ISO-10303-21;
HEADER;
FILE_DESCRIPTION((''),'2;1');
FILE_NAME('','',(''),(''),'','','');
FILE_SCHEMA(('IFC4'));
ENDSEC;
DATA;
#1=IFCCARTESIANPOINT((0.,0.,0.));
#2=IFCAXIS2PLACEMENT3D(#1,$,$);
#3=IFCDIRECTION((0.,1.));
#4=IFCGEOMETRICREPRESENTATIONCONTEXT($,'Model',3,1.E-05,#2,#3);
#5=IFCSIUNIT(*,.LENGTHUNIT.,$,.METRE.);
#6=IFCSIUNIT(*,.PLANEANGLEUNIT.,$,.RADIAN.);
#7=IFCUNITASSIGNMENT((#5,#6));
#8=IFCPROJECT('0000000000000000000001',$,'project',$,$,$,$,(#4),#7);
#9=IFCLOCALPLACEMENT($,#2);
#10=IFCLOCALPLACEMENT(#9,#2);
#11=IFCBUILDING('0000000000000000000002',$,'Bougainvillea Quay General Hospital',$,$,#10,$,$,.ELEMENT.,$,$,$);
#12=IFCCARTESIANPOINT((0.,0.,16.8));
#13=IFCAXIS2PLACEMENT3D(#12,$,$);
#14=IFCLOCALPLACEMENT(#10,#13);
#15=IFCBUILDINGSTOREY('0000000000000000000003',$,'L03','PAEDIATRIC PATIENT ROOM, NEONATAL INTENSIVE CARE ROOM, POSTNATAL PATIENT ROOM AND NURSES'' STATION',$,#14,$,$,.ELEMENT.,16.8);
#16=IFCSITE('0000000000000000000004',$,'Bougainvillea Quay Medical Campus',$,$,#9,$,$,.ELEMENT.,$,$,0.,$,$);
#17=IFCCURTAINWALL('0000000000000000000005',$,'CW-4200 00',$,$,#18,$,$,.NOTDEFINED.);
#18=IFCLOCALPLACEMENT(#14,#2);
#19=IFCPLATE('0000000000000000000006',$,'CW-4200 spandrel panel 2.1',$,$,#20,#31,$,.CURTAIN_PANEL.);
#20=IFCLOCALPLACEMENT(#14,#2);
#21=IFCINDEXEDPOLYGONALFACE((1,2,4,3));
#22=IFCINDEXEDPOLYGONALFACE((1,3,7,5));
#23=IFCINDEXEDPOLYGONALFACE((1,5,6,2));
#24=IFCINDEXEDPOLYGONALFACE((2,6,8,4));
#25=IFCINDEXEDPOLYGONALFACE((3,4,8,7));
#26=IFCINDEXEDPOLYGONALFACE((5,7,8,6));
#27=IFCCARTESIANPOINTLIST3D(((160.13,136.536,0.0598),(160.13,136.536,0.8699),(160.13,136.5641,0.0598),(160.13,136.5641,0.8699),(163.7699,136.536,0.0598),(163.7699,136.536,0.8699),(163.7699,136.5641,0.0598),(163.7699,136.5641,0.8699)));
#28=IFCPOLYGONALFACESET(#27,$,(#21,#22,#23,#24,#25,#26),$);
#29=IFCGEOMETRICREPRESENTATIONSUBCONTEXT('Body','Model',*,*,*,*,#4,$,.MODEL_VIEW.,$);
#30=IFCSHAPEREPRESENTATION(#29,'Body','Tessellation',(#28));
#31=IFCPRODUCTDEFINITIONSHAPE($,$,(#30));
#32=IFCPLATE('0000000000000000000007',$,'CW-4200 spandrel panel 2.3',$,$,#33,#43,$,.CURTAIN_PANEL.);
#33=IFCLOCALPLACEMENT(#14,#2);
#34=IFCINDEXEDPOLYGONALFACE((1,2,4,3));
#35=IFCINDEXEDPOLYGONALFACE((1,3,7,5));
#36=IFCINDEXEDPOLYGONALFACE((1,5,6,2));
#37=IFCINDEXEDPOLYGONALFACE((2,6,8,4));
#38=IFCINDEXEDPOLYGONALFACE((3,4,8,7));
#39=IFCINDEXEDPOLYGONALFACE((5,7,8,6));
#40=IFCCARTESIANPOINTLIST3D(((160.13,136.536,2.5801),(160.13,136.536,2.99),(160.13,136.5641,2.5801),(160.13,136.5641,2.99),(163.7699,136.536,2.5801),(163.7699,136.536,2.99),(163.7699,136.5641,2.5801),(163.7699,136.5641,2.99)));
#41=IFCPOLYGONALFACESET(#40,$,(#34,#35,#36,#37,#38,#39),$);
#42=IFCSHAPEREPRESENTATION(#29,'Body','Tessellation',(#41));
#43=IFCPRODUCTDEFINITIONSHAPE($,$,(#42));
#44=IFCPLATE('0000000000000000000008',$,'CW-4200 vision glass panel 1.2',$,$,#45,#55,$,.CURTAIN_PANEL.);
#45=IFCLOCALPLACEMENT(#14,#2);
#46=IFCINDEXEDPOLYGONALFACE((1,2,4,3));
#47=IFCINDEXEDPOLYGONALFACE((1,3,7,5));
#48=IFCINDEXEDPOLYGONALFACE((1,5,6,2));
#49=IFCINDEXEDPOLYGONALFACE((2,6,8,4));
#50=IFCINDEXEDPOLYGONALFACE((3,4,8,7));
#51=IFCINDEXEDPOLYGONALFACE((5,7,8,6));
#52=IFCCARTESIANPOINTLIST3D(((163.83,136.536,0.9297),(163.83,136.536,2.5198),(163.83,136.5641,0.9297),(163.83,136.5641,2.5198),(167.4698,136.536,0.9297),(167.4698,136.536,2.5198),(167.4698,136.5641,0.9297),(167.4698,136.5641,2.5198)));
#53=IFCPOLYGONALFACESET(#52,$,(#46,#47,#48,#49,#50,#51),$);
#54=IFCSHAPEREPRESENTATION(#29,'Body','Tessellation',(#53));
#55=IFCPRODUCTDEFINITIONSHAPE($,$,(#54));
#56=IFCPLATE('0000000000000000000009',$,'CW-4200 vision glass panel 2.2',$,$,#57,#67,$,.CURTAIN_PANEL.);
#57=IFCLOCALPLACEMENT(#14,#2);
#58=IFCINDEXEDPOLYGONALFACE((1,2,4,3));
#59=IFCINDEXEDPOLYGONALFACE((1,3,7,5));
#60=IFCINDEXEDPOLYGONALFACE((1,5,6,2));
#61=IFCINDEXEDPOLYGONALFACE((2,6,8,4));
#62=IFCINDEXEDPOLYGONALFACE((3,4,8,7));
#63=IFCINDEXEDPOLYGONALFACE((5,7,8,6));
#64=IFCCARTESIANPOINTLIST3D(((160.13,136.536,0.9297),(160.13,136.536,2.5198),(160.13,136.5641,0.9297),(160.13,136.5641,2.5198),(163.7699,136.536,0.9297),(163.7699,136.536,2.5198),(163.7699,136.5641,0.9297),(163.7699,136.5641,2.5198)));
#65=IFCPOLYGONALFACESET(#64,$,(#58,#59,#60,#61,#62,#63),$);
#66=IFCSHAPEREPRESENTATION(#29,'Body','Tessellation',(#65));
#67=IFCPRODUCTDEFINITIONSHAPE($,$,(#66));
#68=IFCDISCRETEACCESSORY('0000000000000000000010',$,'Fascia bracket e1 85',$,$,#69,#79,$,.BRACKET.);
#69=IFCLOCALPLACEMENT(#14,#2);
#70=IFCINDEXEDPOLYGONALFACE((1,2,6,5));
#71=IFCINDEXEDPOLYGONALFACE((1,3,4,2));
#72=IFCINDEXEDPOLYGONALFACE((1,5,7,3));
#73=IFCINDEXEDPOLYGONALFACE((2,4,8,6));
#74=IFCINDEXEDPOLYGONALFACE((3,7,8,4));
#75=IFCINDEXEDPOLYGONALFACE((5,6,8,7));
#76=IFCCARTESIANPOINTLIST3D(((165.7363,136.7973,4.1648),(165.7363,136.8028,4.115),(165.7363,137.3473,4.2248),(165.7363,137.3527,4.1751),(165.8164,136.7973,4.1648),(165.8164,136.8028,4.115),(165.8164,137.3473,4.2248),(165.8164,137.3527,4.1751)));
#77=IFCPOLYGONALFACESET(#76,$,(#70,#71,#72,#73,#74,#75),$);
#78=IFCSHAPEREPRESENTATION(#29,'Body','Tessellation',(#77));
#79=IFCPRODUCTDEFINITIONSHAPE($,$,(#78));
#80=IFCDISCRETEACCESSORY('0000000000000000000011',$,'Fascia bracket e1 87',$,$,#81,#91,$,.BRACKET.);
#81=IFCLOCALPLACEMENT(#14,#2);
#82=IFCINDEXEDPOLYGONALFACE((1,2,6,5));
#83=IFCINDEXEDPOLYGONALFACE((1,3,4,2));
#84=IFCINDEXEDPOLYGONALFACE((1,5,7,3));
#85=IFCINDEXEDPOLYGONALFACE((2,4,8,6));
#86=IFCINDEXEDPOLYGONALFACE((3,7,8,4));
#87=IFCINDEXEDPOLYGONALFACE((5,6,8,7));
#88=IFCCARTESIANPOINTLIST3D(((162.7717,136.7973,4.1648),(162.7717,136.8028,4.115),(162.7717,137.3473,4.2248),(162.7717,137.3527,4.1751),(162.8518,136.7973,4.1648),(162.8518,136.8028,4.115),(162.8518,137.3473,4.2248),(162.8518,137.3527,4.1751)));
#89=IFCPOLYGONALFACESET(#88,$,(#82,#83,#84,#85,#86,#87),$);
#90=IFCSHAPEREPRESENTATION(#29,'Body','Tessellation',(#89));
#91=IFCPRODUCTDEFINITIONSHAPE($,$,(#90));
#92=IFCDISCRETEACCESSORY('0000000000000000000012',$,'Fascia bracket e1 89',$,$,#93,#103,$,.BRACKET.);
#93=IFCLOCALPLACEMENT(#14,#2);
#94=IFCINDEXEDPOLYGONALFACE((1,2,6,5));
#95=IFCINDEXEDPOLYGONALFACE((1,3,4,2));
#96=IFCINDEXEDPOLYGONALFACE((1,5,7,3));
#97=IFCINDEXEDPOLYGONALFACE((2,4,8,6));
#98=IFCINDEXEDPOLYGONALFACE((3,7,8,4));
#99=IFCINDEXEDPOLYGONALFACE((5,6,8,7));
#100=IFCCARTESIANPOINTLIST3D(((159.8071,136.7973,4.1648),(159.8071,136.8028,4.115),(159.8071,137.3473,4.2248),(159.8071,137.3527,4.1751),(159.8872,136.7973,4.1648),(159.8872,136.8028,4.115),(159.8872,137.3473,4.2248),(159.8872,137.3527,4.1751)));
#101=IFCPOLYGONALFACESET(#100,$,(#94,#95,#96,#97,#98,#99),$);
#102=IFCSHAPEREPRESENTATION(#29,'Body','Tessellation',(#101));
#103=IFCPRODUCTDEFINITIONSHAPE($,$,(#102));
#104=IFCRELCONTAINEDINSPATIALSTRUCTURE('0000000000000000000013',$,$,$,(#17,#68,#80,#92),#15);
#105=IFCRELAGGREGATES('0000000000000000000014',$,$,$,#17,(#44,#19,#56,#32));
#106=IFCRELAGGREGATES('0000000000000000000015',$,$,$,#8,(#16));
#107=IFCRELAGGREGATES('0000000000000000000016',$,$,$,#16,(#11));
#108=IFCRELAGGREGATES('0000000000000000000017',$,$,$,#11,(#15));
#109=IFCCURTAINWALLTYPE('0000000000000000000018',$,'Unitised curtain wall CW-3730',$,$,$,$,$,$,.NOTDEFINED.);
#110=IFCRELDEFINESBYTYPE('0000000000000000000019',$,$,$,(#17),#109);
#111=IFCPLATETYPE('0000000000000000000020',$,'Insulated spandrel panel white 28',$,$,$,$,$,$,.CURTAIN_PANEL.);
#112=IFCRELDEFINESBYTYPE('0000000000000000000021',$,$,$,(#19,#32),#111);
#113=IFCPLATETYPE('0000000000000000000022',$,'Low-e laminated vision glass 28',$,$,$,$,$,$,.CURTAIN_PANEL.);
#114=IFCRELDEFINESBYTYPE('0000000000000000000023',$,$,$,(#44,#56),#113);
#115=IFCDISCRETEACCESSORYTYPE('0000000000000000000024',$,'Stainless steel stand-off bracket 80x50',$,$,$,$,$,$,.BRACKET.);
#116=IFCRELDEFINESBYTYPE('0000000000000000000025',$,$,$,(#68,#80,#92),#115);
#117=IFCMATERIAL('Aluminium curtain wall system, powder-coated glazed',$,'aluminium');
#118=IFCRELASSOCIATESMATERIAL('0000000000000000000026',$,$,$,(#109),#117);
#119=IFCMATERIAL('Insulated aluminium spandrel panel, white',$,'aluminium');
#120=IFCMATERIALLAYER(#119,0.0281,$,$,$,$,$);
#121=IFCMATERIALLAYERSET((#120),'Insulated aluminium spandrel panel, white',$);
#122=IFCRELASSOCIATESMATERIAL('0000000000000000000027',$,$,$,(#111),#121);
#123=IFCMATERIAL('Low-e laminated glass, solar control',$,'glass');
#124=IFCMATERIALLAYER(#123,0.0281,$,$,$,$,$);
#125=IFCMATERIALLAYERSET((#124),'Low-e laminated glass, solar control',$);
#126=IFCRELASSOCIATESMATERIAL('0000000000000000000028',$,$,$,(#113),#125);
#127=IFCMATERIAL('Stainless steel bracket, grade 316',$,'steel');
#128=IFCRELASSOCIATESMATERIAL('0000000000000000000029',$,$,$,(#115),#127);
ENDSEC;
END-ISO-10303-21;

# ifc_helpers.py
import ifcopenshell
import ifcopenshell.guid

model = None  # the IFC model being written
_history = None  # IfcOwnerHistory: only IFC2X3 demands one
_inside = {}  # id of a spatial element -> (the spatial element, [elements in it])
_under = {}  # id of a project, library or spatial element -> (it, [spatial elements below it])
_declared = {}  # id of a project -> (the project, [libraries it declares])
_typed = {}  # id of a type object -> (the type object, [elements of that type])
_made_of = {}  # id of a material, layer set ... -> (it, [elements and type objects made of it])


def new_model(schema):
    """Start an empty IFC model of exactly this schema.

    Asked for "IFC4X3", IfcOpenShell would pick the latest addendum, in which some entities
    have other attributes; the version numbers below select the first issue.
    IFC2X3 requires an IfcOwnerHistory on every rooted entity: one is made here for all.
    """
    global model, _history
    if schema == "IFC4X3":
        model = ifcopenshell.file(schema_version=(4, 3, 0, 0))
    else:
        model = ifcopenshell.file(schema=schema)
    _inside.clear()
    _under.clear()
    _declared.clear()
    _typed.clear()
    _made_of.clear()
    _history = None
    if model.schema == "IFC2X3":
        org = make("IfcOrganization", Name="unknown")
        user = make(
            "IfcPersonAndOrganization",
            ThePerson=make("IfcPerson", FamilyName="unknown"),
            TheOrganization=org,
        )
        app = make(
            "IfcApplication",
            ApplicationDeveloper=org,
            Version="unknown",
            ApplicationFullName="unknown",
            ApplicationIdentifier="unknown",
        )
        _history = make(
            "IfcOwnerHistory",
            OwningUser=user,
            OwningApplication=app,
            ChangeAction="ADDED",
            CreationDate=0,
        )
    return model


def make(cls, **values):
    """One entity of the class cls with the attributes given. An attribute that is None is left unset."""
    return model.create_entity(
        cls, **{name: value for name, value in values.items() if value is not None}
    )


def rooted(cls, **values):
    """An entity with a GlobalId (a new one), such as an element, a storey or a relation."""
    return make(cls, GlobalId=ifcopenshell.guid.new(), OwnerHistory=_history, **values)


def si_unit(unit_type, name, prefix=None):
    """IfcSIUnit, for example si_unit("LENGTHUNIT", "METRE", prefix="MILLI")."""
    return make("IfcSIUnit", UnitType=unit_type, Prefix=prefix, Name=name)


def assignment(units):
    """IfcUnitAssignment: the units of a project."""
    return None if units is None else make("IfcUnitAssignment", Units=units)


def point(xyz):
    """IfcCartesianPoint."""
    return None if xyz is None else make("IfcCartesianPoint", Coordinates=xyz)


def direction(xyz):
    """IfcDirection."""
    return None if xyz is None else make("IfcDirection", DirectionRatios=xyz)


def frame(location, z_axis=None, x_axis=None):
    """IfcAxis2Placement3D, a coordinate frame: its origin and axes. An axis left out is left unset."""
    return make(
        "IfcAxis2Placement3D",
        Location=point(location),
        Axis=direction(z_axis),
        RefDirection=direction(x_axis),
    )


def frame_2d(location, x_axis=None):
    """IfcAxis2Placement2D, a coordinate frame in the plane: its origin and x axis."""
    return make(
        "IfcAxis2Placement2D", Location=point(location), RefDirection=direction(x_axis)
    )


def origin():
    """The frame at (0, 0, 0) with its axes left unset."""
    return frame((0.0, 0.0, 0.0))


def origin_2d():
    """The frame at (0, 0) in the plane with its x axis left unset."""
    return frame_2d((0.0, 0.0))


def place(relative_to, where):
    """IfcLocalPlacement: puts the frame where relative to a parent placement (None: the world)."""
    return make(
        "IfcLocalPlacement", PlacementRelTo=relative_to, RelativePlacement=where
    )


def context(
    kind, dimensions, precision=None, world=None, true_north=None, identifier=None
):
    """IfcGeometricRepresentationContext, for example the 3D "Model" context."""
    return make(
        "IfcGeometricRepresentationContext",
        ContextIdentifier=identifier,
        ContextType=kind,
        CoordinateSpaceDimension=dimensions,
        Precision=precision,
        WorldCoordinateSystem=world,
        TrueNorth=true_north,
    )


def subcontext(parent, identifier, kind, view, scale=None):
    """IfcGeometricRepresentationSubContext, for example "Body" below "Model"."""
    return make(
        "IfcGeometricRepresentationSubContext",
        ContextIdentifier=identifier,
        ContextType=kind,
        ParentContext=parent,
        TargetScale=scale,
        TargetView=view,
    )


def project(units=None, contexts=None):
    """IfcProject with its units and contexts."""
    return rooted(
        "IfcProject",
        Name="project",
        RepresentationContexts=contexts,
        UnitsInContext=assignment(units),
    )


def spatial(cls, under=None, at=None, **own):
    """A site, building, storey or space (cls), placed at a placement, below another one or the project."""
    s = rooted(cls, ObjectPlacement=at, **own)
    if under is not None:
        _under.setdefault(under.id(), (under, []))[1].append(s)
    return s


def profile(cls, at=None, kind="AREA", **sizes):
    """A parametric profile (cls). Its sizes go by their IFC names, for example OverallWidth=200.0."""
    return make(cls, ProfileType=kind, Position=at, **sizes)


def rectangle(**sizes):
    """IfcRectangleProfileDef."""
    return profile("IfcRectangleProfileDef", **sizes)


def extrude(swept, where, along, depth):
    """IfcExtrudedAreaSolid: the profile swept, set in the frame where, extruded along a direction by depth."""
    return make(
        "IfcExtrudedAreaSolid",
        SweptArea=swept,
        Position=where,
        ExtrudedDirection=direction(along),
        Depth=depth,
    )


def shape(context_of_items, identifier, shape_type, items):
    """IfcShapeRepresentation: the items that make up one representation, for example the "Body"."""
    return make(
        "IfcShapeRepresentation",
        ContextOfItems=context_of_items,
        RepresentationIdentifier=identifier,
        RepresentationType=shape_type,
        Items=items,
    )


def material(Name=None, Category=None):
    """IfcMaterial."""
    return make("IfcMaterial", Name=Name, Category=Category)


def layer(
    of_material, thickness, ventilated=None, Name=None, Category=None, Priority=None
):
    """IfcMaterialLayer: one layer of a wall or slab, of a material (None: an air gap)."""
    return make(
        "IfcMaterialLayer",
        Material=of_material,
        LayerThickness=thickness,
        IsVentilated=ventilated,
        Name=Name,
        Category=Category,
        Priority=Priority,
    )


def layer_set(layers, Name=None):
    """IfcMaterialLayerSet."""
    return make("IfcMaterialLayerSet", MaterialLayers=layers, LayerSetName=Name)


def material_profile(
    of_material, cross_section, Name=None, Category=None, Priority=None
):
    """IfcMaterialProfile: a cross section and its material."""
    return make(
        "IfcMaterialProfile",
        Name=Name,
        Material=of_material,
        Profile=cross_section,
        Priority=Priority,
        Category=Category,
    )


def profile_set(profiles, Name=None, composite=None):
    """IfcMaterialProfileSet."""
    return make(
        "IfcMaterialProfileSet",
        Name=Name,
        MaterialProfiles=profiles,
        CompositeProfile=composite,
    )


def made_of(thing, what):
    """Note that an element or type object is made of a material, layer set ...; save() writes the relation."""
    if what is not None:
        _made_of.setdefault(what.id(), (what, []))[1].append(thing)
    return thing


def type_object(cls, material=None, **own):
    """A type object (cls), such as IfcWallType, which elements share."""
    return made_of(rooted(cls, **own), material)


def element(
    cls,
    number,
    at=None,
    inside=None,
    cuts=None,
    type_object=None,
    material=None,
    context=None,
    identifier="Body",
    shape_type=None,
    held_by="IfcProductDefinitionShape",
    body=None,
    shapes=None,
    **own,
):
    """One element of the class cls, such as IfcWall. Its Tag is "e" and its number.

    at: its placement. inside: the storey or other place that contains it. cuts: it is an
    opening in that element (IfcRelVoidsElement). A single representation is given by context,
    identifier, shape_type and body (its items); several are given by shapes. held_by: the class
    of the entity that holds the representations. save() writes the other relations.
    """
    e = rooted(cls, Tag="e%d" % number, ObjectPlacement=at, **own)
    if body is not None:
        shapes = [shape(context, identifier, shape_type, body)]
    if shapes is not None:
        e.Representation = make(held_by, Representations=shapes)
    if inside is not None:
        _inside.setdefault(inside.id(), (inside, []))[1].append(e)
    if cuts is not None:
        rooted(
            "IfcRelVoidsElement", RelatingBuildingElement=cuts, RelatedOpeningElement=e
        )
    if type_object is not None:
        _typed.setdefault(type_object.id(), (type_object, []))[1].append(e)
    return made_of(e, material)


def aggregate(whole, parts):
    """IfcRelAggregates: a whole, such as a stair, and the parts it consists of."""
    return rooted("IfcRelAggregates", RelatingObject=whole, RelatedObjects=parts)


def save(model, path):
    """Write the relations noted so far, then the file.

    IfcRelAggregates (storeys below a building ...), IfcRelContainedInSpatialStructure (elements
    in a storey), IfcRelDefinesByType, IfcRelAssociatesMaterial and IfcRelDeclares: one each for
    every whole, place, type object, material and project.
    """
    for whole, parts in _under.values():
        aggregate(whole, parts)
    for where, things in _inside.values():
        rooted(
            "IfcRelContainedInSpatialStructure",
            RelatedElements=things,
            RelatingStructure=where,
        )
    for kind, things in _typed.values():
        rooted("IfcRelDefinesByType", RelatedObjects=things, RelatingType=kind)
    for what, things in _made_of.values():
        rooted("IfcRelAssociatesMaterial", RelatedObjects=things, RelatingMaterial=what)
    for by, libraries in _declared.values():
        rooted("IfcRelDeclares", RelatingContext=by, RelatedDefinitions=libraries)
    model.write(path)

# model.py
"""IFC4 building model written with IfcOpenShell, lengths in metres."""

from ifc_helpers import new_model, si_unit, direction, frame, origin, origin_2d, place, context, subcontext, project, spatial, rectangle, extrude, material, layer, layer_set, material_profile, profile_set, type_object, element, aggregate, save


model = new_model("IFC4")

# Units and contexts
model_context = context("Model", 3, precision=1e-05, world=origin(), true_north=direction((0.0, 1.0)))
body_context = subcontext(model_context, "Body", "Model", "MODEL_VIEW")
ifc_project = project(units=[si_unit("LENGTHUNIT", "METRE"), si_unit("PLANEANGLEUNIT", "RADIAN")], contexts=[model_context])

# Site, building, storey
site_placement = place(None, origin())
site = spatial("IfcSite", under=ifc_project, at=site_placement, Name="Bougainvillea Quay Medical Campus", CompositionType="ELEMENT", RefElevation=0.0)
building_placement = place(site_placement, origin())
building = spatial("IfcBuilding", under=site, at=building_placement, Name="Bougainvillea Quay General Hospital", CompositionType="ELEMENT")
storey_placement = place(building_placement, frame((0.0, 0.0, 16.8)))
storey = spatial("IfcBuildingStorey", under=building, at=storey_placement, Name="L03", Description="PAEDIATRIC PATIENT ROOM, NEONATAL INTENSIVE CARE ROOM, POSTNATAL PATIENT ROOM AND NURSES' STATION", CompositionType="ELEMENT", Elevation=16.8)

# Curtain wall
ifc_material_1 = material(Name="Aluminium curtain wall system, powder-coated glazed", Category="aluminium")
curtain_wall_type = type_object("IfcCurtainWallType", Name="Unitised curtain wall CW-3730", PredefinedType="NOTDEFINED", material=ifc_material_1)
curtain_wall_placement = place(storey_placement, origin())
curtain_wall = element("IfcCurtainWall", 1, at=curtain_wall_placement, inside=storey, type_object=curtain_wall_type, Name="CW-4200 00", PredefinedType="NOTDEFINED")

# Plates
ifc_material_2 = material(Name="Insulated aluminium spandrel panel, white", Category="aluminium")
ifc_layer_1 = layer(ifc_material_2, 0.0281)
ifc_layer_set_1 = layer_set([ifc_layer_1], Name="Insulated aluminium spandrel panel, white")
plate_type_1 = type_object("IfcPlateType", Name="Insulated spandrel panel white 28", PredefinedType="CURTAIN_PANEL", material=ifc_layer_set_1)
plate_1_placement = place(storey_placement, frame((161.95, 136.55, 0.0598), z_axis=(0.0, 0.0, 1.0), x_axis=(-1.0, 0.0, 0.0)))
plate_1 = element("IfcPlate", 2, at=plate_1_placement, type_object=plate_type_1, Name="CW-4200 spandrel panel 2.1", PredefinedType="CURTAIN_PANEL", context=body_context, shape_type="SweptSolid", body=[
    extrude(rectangle(XDim=3.6399, YDim=0.0281, at=origin_2d()), origin(), (0.0, 0.0, 1.0), 0.8101),
])
plate_2_placement = place(storey_placement, frame((161.95, 136.55, 2.5801), z_axis=(0.0, 0.0, 1.0), x_axis=(-1.0, 0.0, 0.0)))
plate_2 = element("IfcPlate", 3, at=plate_2_placement, type_object=plate_type_1, Name="CW-4200 spandrel panel 2.3", PredefinedType="CURTAIN_PANEL", context=body_context, shape_type="SweptSolid", body=[
    extrude(rectangle(XDim=3.6399, YDim=0.0281, at=origin_2d()), origin(), (0.0, 0.0, 1.0), 0.4099),
])
ifc_material_3 = material(Name="Low-e laminated glass, solar control", Category="glass")
ifc_layer_2 = layer(ifc_material_3, 0.0281)
ifc_layer_set_2 = layer_set([ifc_layer_2], Name="Low-e laminated glass, solar control")
plate_type_2 = type_object("IfcPlateType", Name="Low-e laminated vision glass 28", PredefinedType="CURTAIN_PANEL", material=ifc_layer_set_2)
plate_3_placement = place(storey_placement, frame((165.6499, 136.55, 0.9297), z_axis=(0.0, 0.0, 1.0), x_axis=(-1.0, 0.0, 0.0)))
plate_3 = element("IfcPlate", 4, at=plate_3_placement, type_object=plate_type_2, Name="CW-4200 vision glass panel 1.2", PredefinedType="CURTAIN_PANEL", context=body_context, shape_type="SweptSolid", body=[
    extrude(rectangle(XDim=3.6399, YDim=0.0281, at=origin_2d()), origin(), (0.0, 0.0, 1.0), 1.5901),
])
plate_4_placement = place(storey_placement, frame((161.95, 136.55, 0.9297), z_axis=(0.0, 0.0, 1.0), x_axis=(-1.0, 0.0, 0.0)))
plate_4 = element("IfcPlate", 5, at=plate_4_placement, type_object=plate_type_2, Name="CW-4200 vision glass panel 2.2", PredefinedType="CURTAIN_PANEL", context=body_context, shape_type="SweptSolid", body=[
    extrude(rectangle(XDim=3.6399, YDim=0.0281, at=origin_2d()), origin(), (0.0, 0.0, 1.0), 1.5901),
])
aggregate(curtain_wall, [plate_3, plate_1, plate_4, plate_2])

# Discrete accessories
ifc_material_4 = material(Name="Stainless steel bracket, grade 316", Category="steel")
ifc_material_profile_1 = material_profile(ifc_material_4, rectangle(XDim=0.0801, YDim=0.05, at=origin_2d()))
ifc_profile_set_1 = profile_set([ifc_material_profile_1], Name="Stainless steel bracket, grade 316")
discrete_accessory_type = type_object("IfcDiscreteAccessoryType", Name="Stainless steel stand-off bracket 80x50", PredefinedType="BRACKET", material=ifc_profile_set_1)
for number, where, z_axis, x_axis, name in (
    (6, (165.7764, 136.8, 4.1399), (0.0, 0.994092, 0.108543), (-1.0, 0.0, 0.0), "Fascia bracket e1 85"),
    (7, (162.8118, 136.8, 4.1399), (0.0, 0.994092, 0.108543), (-1.0, 0.0, 0.0), "Fascia bracket e1 87"),
    (8, (159.8472, 136.8, 4.1399), (0.0, 0.994092, 0.108543), (-1.0, 0.0, 0.0), "Fascia bracket e1 89"),
):
    element("IfcDiscreteAccessory", number, at=place(storey_placement, frame(where, z_axis=z_axis, x_axis=x_axis)), inside=storey, type_object=discrete_accessory_type, Name=name, PredefinedType="BRACKET", context=body_context, shape_type="SweptSolid", body=[
        extrude(rectangle(XDim=0.0801, YDim=0.05, at=origin_2d()), origin(), (0.0, 0.0, 1.0), 0.5532),
    ])

save(model, "model.ifc")
